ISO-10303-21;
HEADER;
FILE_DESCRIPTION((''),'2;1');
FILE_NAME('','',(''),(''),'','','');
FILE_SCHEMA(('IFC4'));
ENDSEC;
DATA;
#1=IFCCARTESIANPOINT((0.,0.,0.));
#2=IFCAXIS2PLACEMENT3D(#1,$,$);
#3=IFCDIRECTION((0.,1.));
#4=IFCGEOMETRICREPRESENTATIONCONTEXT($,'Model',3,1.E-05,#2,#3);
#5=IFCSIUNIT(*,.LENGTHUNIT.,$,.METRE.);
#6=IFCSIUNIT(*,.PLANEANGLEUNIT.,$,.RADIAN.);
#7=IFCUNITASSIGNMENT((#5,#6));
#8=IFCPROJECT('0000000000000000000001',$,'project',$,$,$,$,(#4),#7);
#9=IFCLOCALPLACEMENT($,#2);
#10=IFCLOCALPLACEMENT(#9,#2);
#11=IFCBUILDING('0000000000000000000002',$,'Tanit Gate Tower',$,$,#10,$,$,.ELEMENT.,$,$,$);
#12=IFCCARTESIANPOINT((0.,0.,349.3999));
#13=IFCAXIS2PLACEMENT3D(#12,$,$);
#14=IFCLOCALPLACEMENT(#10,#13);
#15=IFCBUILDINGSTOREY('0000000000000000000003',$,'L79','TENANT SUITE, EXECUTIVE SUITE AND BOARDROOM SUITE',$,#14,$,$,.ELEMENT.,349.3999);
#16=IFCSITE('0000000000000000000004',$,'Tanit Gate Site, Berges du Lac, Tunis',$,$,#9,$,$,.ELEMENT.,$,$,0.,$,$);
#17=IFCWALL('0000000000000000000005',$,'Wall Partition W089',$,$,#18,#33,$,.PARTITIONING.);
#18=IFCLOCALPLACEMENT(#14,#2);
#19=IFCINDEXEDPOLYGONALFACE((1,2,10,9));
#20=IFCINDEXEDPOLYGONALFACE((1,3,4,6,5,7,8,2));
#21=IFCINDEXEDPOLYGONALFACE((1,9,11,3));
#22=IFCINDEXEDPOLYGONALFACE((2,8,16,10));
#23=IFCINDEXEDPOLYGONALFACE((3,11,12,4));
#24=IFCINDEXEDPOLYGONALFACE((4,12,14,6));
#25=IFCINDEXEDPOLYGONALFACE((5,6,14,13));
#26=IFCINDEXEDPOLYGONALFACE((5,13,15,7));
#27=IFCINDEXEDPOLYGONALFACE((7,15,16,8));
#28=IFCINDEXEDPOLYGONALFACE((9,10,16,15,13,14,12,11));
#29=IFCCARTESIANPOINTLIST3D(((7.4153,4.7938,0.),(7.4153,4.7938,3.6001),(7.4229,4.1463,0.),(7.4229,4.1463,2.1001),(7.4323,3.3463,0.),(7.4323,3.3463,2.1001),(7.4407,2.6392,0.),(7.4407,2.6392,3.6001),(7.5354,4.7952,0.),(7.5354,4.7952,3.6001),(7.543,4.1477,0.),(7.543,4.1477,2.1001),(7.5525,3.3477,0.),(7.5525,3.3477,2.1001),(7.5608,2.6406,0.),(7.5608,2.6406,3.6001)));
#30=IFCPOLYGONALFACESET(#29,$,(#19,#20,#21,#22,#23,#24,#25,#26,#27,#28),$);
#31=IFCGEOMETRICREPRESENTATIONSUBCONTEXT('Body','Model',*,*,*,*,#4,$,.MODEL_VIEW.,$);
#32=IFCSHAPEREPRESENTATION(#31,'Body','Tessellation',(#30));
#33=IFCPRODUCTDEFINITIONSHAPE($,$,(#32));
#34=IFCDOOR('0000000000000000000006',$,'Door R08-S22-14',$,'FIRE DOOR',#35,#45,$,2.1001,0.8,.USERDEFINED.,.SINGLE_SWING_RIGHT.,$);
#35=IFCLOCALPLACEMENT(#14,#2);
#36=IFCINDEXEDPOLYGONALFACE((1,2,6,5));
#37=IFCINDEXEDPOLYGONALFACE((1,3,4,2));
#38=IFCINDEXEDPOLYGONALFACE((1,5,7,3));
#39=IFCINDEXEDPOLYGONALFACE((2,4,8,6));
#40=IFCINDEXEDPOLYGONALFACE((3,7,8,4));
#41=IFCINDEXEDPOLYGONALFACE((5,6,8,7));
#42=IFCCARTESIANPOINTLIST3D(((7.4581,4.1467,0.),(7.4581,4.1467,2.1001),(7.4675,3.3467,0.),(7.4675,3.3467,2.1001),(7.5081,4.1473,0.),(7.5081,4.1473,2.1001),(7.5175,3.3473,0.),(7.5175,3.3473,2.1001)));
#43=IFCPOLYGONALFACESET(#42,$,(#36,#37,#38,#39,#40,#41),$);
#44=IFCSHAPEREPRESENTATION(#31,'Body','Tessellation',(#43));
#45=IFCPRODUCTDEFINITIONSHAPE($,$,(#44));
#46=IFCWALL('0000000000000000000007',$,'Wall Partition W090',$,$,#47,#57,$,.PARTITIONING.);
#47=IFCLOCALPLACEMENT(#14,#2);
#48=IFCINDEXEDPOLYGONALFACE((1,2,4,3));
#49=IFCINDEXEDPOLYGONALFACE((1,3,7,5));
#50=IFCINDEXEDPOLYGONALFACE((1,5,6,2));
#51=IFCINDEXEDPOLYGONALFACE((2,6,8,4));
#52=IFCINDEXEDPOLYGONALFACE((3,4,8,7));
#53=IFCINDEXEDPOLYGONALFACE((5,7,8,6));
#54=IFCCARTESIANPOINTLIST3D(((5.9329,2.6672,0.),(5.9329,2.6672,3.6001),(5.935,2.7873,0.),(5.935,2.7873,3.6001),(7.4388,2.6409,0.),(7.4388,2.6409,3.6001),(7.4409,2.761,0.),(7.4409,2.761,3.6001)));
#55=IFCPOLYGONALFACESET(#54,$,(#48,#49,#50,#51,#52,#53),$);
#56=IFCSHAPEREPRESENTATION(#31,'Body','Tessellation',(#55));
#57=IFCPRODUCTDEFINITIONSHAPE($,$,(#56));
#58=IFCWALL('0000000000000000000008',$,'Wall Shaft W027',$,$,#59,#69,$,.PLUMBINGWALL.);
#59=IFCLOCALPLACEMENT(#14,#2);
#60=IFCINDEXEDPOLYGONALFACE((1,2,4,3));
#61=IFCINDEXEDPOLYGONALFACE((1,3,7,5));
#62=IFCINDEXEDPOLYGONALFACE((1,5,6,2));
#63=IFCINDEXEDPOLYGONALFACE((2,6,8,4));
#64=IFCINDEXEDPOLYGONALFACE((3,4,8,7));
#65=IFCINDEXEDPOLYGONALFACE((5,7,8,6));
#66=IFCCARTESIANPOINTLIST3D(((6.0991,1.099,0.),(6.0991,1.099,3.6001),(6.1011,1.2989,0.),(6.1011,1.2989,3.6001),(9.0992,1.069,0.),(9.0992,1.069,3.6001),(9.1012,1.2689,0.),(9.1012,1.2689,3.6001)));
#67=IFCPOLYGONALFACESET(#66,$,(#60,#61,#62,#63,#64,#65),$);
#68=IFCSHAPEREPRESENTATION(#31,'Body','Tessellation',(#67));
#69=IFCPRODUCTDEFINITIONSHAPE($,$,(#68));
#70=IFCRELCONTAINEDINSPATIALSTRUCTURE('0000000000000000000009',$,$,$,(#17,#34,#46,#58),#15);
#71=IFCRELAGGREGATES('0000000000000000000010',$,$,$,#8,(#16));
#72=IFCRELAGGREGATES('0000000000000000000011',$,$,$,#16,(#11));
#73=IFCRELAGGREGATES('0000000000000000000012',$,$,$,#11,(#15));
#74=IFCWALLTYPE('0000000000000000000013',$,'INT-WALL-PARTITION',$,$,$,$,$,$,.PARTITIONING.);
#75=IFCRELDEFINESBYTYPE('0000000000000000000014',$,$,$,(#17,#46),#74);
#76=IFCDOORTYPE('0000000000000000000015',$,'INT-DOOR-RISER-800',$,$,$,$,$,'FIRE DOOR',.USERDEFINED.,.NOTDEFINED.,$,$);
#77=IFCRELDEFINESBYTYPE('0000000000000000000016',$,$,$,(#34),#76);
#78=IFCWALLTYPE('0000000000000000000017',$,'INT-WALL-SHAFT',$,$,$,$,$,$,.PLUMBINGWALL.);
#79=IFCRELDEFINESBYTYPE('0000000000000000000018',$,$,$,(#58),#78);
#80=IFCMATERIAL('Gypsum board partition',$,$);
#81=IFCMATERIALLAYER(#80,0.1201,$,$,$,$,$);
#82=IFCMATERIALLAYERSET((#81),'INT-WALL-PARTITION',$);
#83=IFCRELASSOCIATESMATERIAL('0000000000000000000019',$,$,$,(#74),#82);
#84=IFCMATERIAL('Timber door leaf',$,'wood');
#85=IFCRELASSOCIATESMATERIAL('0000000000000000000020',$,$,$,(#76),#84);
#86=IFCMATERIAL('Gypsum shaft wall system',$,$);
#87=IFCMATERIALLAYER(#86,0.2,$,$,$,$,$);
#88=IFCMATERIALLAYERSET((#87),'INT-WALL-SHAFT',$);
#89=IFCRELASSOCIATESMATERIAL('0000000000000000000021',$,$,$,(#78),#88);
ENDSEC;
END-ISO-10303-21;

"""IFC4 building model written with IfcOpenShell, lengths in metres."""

from ifc_helpers import new_model, si_unit, direction, frame, frame_2d, origin, place, context, subcontext, project, spatial, rectangle, extrude, material, layer, layer_set, type_object, element, fill, save


model = new_model("IFC4")

# Units and contexts
model_context = context("Model", 3, precision=1e-05, world=origin(), true_north=direction((0.0, 1.0)))
body_context = subcontext(model_context, "Body", "Model", "MODEL_VIEW")
ifc_project = project(units=[si_unit("LENGTHUNIT", "METRE"), si_unit("PLANEANGLEUNIT", "RADIAN")], contexts=[model_context])

# Site, building, storey
site_placement = place(None, origin())
site = spatial("IfcSite", under=ifc_project, at=site_placement, Name="Tanit Gate Site, Berges du Lac, Tunis", CompositionType="ELEMENT", RefElevation=0.0)
building_placement = place(site_placement, origin())
building = spatial("IfcBuilding", under=site, at=building_placement, Name="Tanit Gate Tower", CompositionType="ELEMENT")
storey_placement = place(building_placement, frame((0.0, 0.0, 349.3999)))
storey = spatial("IfcBuildingStorey", under=building, at=storey_placement, Name="L79", Description="TENANT SUITE, EXECUTIVE SUITE AND BOARDROOM SUITE", CompositionType="ELEMENT", Elevation=349.3999)

# Shared definitions
ifc_material_1 = material(Name="Gypsum board partition")
ifc_layer_1 = layer(ifc_material_1, 0.1201)
ifc_layer_set_1 = layer_set([ifc_layer_1], Name="INT-WALL-PARTITION")
wall_type_1 = type_object("IfcWallType", Name="INT-WALL-PARTITION", PredefinedType="PARTITIONING", material=ifc_layer_set_1)

# Wall, opening, door
ifc_material_2 = material(Name="Timber door leaf", Category="wood")
door_type_1 = type_object("IfcDoorType", Name="INT-DOOR-RISER-800", ElementType="FIRE DOOR", OperationType="NOTDEFINED", PredefinedType="USERDEFINED", material=ifc_material_2)
wall_1_placement = place(storey_placement, frame((7.5007, 2.6399, 0.0), z_axis=(0.0, 0.0, 1.0), x_axis=(-0.011784, 0.999931, 0.0)))
wall_1 = element("IfcWall", 1, at=wall_1_placement, inside=storey, type_object=wall_type_1, Name="Wall Partition W089", PredefinedType="PARTITIONING", context=body_context, shape_type="SweptSolid", body=[
    extrude(rectangle(XDim=2.1548, YDim=0.1201, at=frame_2d((1.0774, 0.0))), origin(), (0.0, 0.0, 1.0), 3.6001),
])
opening_1_placement = place(wall_1_placement, frame((0.7073, 0.0, 0.0)))
opening_1 = element("IfcOpeningElement", 2, at=opening_1_placement, cuts=wall_1, PredefinedType="OPENING", context=body_context, shape_type="SweptSolid", body=[
    extrude(rectangle(XDim=0.8, YDim=2.1001, at=frame_2d((0.3999, 1.05))), frame((0.0, 0.0701, 0.0), z_axis=(0.0, -1.0, 0.0), x_axis=(1.0, 0.0, 0.0)), (0.0, 0.0, 1.0), 0.1401),
])
door_1_placement = place(opening_1_placement, origin())
door_1 = element("IfcDoor", 3, at=door_1_placement, inside=storey, type_object=door_type_1, Name="Door R08-S22-14", ObjectType="FIRE DOOR", OperationType="SINGLE_SWING_RIGHT", OverallHeight=2.1001, OverallWidth=0.8, PredefinedType="USERDEFINED", context=body_context, shape_type="SweptSolid", body=[
    extrude(rectangle(XDim=0.8, YDim=2.1001, at=frame_2d((0.3999, 1.05))), frame((0.0, 0.0249, 0.0), z_axis=(0.0, -1.0, 0.0), x_axis=(1.0, 0.0, 0.0)), (0.0, 0.0, 1.0), 0.05),
])
fill(opening_1, door_1)

# Wall
wall_2_placement = place(storey_placement, frame((5.9341, 2.7273, 0.0), z_axis=(0.0, 0.0, 1.0), x_axis=(0.999847, -0.017507, 0.0)))
element("IfcWall", 4, at=wall_2_placement, inside=storey, type_object=wall_type_1, Name="Wall Partition W090", PredefinedType="PARTITIONING", context=body_context, shape_type="SweptSolid", body=[
    extrude(rectangle(XDim=1.5061, YDim=0.1201, at=frame_2d((0.7529, 0.0))), origin(), (0.0, 0.0, 1.0), 3.6001),
])

# Shared definitions
ifc_material_3 = material(Name="Gypsum shaft wall system")
ifc_layer_2 = layer(ifc_material_3, 0.2)
ifc_layer_set_2 = layer_set([ifc_layer_2], Name="INT-WALL-SHAFT")
wall_type_2 = type_object("IfcWallType", Name="INT-WALL-SHAFT", PredefinedType="PLUMBINGWALL", material=ifc_layer_set_2)

# Wall
wall_3_placement = place(storey_placement, frame((9.1001, 1.1689, 0.0), z_axis=(0.0, 0.0, 1.0), x_axis=(-0.99995, 0.010009, 0.0)))
element("IfcWall", 5, at=wall_3_placement, inside=storey, type_object=wall_type_2, Name="Wall Shaft W027", PredefinedType="PLUMBINGWALL", context=body_context, shape_type="SweptSolid", body=[
    extrude(rectangle(XDim=3.0002, YDim=0.2, at=frame_2d((1.5, 0.0))), origin(), (0.0, 0.0, 1.0), 3.6001),
])

save(model, "model.ifc")
